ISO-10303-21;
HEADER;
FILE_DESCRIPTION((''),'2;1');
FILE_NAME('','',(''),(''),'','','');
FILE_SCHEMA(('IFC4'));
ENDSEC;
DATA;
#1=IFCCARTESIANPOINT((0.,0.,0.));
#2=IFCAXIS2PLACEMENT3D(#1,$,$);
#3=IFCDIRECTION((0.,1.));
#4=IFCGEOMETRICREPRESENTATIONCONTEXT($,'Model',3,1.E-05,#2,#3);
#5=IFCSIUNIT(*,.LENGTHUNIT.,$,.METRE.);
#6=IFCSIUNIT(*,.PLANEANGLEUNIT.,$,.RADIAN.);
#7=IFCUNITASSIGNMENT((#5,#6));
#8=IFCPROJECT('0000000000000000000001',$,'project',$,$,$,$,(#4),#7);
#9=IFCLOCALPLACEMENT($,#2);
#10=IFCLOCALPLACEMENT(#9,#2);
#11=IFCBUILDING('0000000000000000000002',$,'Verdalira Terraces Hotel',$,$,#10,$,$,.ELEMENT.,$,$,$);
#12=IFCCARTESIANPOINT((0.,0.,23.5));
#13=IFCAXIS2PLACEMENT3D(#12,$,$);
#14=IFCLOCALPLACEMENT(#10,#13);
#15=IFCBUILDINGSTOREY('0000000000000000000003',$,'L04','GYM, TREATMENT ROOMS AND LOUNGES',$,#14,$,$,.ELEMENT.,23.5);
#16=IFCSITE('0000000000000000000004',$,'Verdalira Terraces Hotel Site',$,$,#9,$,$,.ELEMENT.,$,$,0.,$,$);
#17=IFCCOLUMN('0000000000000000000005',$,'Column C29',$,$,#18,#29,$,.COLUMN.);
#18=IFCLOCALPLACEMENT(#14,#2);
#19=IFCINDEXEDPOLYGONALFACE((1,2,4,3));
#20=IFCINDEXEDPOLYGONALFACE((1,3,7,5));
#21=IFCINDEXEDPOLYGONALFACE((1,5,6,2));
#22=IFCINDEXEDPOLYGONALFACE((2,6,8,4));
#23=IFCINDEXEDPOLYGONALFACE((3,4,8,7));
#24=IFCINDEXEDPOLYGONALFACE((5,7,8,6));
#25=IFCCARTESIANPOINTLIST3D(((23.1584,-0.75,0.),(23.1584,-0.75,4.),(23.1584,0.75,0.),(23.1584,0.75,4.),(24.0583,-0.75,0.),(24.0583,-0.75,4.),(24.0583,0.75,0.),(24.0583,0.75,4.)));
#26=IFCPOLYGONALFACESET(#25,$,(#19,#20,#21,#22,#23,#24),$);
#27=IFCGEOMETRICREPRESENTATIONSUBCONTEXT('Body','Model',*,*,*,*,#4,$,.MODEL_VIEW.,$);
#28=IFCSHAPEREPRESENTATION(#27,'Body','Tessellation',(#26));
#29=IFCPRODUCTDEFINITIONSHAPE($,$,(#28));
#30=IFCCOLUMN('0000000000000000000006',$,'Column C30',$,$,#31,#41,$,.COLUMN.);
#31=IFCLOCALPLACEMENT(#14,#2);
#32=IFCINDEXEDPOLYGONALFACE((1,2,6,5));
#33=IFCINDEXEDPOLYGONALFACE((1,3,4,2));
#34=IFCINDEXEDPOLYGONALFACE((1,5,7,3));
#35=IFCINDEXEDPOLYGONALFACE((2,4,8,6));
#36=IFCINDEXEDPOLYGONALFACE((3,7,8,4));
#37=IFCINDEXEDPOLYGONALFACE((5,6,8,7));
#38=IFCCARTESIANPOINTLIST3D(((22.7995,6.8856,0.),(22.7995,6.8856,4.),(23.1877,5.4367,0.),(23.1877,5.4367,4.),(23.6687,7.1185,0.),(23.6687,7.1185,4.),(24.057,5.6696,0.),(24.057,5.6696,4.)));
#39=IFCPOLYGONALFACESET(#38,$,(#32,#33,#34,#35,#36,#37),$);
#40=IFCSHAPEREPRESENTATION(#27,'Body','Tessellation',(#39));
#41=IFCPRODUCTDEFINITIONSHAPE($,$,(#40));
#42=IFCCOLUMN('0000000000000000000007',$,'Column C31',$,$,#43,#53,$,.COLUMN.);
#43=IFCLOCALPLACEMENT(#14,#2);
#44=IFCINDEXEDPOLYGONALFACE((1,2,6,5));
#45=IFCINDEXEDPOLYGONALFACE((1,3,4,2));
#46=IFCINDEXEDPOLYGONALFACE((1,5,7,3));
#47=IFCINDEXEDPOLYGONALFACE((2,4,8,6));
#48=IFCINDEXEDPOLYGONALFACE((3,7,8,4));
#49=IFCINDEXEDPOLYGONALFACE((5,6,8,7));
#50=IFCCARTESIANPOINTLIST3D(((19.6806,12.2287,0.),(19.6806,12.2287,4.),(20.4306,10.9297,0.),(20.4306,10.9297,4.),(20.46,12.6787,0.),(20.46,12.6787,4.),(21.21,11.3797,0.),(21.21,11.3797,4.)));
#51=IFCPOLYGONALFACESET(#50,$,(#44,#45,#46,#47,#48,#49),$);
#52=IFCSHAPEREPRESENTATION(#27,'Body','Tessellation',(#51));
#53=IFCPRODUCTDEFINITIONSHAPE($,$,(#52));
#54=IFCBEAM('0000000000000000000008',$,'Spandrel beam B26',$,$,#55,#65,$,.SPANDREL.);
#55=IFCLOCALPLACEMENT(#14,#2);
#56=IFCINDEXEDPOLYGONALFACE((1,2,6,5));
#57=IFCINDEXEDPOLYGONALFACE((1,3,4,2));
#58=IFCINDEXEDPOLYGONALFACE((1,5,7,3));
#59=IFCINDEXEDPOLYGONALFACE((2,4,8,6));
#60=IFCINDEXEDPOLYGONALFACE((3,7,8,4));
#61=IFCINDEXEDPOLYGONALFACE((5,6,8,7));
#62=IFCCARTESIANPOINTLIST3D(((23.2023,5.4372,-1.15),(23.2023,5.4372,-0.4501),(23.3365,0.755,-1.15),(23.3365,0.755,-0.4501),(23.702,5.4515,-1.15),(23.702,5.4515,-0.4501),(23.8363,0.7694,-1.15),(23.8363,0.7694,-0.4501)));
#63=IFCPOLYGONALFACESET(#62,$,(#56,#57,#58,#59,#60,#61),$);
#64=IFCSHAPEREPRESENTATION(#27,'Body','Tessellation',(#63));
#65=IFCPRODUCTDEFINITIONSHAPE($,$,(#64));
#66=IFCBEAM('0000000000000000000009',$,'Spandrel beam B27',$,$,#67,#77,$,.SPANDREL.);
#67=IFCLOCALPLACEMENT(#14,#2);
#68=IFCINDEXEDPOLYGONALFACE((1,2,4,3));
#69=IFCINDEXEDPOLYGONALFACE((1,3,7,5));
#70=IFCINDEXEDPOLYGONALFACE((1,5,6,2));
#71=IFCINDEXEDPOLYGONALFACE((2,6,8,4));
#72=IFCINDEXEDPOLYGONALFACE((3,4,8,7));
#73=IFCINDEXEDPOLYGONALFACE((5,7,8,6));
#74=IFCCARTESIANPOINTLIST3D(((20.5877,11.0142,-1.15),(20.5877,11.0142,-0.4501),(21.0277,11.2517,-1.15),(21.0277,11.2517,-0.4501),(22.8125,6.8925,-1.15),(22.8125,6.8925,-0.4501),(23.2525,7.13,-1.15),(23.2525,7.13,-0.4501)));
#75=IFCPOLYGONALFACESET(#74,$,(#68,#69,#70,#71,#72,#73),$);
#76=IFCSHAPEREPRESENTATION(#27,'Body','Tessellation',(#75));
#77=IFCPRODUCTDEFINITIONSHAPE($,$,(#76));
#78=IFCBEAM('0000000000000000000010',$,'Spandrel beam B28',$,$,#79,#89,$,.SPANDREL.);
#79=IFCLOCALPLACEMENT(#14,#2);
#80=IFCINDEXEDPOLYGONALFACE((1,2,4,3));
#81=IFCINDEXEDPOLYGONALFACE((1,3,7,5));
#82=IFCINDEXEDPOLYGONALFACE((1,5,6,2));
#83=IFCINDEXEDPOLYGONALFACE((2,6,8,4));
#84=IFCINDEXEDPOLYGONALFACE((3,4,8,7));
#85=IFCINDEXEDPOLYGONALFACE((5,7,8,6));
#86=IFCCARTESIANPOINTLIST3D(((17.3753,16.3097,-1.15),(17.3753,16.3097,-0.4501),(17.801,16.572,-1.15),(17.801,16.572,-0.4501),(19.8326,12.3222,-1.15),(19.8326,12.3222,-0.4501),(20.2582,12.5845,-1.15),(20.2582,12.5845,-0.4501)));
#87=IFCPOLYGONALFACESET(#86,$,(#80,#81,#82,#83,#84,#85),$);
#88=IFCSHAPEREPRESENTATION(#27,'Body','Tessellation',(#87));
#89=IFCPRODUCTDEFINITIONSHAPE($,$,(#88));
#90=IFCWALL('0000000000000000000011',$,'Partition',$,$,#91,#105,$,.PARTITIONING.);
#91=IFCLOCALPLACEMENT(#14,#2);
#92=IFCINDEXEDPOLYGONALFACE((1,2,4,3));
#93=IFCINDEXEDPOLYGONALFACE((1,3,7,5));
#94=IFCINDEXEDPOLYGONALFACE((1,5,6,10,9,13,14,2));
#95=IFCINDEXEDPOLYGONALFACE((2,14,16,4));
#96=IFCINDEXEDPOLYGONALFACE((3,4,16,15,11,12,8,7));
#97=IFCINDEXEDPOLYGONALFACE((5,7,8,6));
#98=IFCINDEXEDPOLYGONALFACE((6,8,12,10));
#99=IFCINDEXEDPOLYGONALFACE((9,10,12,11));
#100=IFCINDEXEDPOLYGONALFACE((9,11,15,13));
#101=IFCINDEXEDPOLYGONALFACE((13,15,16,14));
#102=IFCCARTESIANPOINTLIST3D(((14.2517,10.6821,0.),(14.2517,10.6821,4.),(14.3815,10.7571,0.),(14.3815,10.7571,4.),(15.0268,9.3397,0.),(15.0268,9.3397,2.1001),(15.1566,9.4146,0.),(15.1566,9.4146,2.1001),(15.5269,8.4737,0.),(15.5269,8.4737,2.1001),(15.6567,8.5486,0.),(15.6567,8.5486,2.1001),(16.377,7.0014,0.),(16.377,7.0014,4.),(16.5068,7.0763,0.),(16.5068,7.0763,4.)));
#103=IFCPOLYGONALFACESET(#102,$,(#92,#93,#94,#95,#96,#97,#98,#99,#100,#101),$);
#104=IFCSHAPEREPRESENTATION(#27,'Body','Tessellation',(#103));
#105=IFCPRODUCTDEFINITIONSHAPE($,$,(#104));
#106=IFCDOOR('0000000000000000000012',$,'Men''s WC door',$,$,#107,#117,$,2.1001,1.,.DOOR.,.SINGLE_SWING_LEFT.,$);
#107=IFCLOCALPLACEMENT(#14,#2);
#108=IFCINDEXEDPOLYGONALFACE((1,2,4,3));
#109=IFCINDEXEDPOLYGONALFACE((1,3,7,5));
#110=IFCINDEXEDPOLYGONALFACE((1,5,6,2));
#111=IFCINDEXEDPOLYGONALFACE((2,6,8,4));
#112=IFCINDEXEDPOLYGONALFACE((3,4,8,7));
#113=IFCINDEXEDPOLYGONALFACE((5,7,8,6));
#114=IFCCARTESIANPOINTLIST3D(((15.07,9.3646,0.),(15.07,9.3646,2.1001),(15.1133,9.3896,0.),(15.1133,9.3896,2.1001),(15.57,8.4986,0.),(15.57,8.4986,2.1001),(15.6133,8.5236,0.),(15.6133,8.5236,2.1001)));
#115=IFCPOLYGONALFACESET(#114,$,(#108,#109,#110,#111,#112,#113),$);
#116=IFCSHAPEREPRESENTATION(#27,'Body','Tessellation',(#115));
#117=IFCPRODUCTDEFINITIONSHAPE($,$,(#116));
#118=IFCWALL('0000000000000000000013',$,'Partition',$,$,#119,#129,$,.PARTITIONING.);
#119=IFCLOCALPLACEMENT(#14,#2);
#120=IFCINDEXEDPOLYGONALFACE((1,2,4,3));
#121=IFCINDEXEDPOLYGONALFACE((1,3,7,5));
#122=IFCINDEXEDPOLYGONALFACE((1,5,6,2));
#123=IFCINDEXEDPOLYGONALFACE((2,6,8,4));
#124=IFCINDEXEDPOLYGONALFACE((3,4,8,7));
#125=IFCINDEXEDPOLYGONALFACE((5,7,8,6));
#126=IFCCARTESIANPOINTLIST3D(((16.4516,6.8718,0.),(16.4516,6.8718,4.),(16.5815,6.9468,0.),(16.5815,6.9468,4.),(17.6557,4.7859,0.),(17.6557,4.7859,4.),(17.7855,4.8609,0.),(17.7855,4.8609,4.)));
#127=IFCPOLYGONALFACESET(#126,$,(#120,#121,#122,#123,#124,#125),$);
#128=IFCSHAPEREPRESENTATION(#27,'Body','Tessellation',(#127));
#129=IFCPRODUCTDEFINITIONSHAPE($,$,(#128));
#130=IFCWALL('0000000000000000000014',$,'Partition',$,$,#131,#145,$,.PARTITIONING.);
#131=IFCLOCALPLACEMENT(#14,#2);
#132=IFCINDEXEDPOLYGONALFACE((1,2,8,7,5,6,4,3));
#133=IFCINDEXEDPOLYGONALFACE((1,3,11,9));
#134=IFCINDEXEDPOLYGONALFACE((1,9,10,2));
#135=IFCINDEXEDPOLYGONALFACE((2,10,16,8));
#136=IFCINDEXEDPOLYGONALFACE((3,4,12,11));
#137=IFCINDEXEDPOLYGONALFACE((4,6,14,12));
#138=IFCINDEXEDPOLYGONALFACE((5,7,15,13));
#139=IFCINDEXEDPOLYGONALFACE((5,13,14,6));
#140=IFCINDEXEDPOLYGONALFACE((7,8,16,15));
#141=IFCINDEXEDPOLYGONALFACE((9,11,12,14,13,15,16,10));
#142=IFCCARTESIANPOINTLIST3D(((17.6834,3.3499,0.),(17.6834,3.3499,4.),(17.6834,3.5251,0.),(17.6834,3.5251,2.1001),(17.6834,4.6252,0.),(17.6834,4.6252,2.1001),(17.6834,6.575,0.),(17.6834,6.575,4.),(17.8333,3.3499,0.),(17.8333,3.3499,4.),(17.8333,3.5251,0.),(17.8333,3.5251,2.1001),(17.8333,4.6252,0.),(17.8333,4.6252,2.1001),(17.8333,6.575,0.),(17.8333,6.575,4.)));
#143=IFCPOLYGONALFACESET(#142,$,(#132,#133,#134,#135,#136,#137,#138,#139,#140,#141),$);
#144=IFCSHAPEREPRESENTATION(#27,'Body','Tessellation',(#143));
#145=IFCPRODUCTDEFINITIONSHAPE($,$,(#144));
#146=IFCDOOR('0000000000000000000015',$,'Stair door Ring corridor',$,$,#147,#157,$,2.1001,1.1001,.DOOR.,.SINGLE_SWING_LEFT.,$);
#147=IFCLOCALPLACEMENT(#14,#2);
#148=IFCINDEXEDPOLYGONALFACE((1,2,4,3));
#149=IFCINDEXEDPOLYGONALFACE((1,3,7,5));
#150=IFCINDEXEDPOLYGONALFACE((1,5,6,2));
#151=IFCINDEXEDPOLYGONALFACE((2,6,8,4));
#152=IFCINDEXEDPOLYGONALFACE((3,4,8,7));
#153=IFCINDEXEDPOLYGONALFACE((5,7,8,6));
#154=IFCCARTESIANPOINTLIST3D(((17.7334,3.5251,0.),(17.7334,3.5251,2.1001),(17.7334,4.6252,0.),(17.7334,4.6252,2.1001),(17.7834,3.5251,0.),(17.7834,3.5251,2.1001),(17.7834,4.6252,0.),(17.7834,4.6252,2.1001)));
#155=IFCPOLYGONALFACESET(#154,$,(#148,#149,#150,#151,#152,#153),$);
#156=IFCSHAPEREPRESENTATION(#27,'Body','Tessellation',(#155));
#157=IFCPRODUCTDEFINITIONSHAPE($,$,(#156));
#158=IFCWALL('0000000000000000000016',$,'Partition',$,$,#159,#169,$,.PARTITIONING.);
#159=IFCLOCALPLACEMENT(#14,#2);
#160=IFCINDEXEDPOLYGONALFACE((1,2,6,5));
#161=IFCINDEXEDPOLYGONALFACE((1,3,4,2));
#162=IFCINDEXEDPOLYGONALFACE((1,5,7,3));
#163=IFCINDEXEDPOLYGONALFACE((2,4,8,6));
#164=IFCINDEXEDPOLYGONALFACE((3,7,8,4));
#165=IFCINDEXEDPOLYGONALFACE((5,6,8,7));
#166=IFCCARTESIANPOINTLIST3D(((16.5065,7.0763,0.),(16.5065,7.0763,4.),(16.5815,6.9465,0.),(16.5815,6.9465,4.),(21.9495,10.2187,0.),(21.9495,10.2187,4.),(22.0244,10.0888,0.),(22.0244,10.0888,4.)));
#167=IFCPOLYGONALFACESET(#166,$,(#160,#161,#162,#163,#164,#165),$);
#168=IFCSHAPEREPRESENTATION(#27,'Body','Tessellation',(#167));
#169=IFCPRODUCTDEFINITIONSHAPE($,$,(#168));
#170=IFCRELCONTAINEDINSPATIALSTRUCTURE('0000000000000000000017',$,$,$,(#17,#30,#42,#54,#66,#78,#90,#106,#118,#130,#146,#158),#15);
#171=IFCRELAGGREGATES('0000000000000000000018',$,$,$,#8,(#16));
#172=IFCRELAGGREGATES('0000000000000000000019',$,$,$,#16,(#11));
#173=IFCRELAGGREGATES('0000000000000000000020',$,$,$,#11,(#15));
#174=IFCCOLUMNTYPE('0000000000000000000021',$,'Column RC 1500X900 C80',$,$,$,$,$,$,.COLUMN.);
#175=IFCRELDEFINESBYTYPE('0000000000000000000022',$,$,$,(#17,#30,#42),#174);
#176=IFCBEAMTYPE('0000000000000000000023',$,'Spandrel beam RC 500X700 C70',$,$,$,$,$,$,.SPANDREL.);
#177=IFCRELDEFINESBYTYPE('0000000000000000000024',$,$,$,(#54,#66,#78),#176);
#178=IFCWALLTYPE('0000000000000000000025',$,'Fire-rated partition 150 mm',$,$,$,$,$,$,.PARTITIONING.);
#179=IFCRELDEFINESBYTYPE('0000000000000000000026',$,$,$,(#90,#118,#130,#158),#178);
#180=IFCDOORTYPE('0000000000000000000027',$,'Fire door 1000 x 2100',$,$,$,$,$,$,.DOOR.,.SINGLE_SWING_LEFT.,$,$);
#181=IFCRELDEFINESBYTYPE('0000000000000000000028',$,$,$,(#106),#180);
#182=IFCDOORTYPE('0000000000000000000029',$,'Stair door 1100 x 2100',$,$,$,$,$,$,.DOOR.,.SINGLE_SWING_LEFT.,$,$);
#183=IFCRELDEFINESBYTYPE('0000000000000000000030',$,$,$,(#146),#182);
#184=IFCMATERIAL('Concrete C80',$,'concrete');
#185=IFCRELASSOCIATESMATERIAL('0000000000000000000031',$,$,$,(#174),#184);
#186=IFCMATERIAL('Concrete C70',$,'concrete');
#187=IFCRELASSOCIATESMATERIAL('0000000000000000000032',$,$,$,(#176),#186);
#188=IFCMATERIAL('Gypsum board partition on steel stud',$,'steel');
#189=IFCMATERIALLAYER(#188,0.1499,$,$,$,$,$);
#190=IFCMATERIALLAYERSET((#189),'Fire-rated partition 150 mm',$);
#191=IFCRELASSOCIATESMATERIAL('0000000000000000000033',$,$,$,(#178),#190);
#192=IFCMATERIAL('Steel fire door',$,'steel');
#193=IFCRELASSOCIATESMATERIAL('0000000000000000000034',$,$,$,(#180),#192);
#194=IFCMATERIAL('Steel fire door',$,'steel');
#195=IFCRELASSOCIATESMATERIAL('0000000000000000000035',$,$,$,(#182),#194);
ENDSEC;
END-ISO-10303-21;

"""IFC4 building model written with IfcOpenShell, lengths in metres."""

from ifc_helpers import new_model, si_unit, direction, frame, frame_2d, origin, origin_2d, place, context, subcontext, project, spatial, rectangle, extrude, material, layer, layer_set, material_profile, profile_set, type_object, element, fill, save


model = new_model("IFC4")

# Units and contexts
model_context = context("Model", 3, precision=1e-05, world=origin(), true_north=direction((0.0, 1.0)))
body_context = subcontext(model_context, "Body", "Model", "MODEL_VIEW")
ifc_project = project(units=[si_unit("LENGTHUNIT", "METRE"), si_unit("PLANEANGLEUNIT", "RADIAN")], contexts=[model_context])

# Site, building, storey
site_placement = place(None, origin())
site = spatial("IfcSite", under=ifc_project, at=site_placement, Name="Verdalira Terraces Hotel Site", CompositionType="ELEMENT", RefElevation=0.0)
building_placement = place(site_placement, origin())
building = spatial("IfcBuilding", under=site, at=building_placement, Name="Verdalira Terraces Hotel", CompositionType="ELEMENT")
storey_placement = place(building_placement, frame((0.0, 0.0, 23.5)))
storey = spatial("IfcBuildingStorey", under=building, at=storey_placement, Name="L04", Description="GYM, TREATMENT ROOMS AND LOUNGES", CompositionType="ELEMENT", Elevation=23.5)

# Columns
ifc_material_1 = material(Name="Concrete C80", Category="concrete")
ifc_material_profile_1 = material_profile(ifc_material_1, rectangle(XDim=1.5, YDim=0.8999, at=origin_2d()), Name="RC 1500X900")
ifc_profile_set_1 = profile_set([ifc_material_profile_1], Name="Concrete C80")
column_type = type_object("IfcColumnType", Name="Column RC 1500X900 C80", PredefinedType="COLUMN", material=ifc_profile_set_1)
for number, where, z_axis, x_axis, name in (
    (1, (23.6084, 0.0, 0.0), (0.0, 0.0, 1.0), (0.0, 1.0, 0.0), "Column C29"),
    (2, (23.4282, 6.2776, 0.0), (0.0, 0.0, 1.0), (0.258819, -0.965926, 0.0), "Column C30"),
    (3, (20.4453, 11.8042, 0.0), (0.0, 0.0, 1.0), (-0.5, 0.866025, 0.0), "Column C31"),
):
    element("IfcColumn", number, at=place(storey_placement, frame(where, z_axis=z_axis, x_axis=x_axis)), inside=storey, type_object=column_type, Name=name, PredefinedType="COLUMN", context=body_context, shape_type="SweptSolid", body=[
        extrude(rectangle(XDim=1.5, YDim=0.8999, at=origin_2d()), origin(), (0.0, 0.0, 1.0), 4.0),
    ])

# Beams
ifc_material_2 = material(Name="Concrete C70", Category="concrete")
ifc_material_profile_2 = material_profile(ifc_material_2, rectangle(XDim=0.5, YDim=0.7, at=origin_2d()), Name="RC 500X700")
ifc_profile_set_2 = profile_set([ifc_material_profile_2], Name="Concrete C70")
beam_type = type_object("IfcBeamType", Name="Spandrel beam RC 500X700 C70", PredefinedType="SPANDREL", material=ifc_profile_set_2)
beam_placement = place(storey_placement, frame((23.5864, 0.7622, -0.8), z_axis=(-0.028667, 0.999589, 0.0), x_axis=(-0.999589, -0.028667, 0.0)))
element("IfcBeam", 4, at=beam_placement, inside=storey, type_object=beam_type, Name="Spandrel beam B26", PredefinedType="SPANDREL", context=body_context, shape_type="SweptSolid", body=[
    extrude(rectangle(XDim=0.5, YDim=0.7, at=origin_2d()), origin(), (0.0, 0.0, 1.0), 4.6841),
])
for number, where, z_axis, x_axis, name in (
    (5, (23.0325, 7.0112, -0.8), (-0.474995, 0.879989, 0.0), (-0.879989, -0.474995, 0.0), "Spandrel beam B27"),
    (6, (20.0454, 12.4534, -0.8), (-0.524624, 0.851334, 0.0), (-0.851334, -0.524624, 0.0), "Spandrel beam B28"),
):
    element("IfcBeam", number, at=place(storey_placement, frame(where, z_axis=z_axis, x_axis=x_axis)), inside=storey, type_object=beam_type, Name=name, PredefinedType="SPANDREL", context=body_context, shape_type="SweptSolid", body=[
        extrude(rectangle(XDim=0.5, YDim=0.7, at=origin_2d()), origin(), (0.0, 0.0, 1.0), 4.6838),
    ])

# Wall, opening, door
ifc_material_3 = material(Name="Gypsum board partition on steel stud", Category="steel")
ifc_layer_1 = layer(ifc_material_3, 0.1499)
ifc_layer_set_1 = layer_set([ifc_layer_1], Name="Fire-rated partition 150 mm")
wall_type_1 = type_object("IfcWallType", Name="Fire-rated partition 150 mm", PredefinedType="PARTITIONING", material=ifc_layer_set_1)
wall_1_placement = place(storey_placement, frame((14.3166, 10.7195, 0.0), z_axis=(0.0, 0.0, 1.0), x_axis=(0.500037, -0.866004, 0.0)))
wall_1 = element("IfcWall", 7, at=wall_1_placement, inside=storey, type_object=wall_type_1, Name="Partition", PredefinedType="PARTITIONING", context=body_context, shape_type="SweptSolid", body=[
    extrude(rectangle(XDim=4.2502, YDim=0.1499, at=frame_2d((2.125, 0.0))), origin(), (0.0, 0.0, 1.0), 4.0),
])
opening_1_placement = place(wall_1_placement, frame((1.55, 0.0, 0.0)))
opening_1 = element("IfcOpeningElement", 8, at=opening_1_placement, cuts=wall_1, PredefinedType="OPENING", context=body_context, shape_type="SweptSolid", body=[
    extrude(rectangle(XDim=1.0, YDim=2.1001, at=frame_2d((0.5, 1.05))), frame((0.0, 0.085, 0.0), z_axis=(0.0, -1.0, 0.0), x_axis=(1.0, 0.0, 0.0)), (0.0, 0.0, 1.0), 0.1699),
])
ifc_material_4 = material(Name="Steel fire door", Category="steel")
door_type_1 = type_object("IfcDoorType", Name="Fire door 1000 x 2100", OperationType="SINGLE_SWING_LEFT", PredefinedType="DOOR", material=ifc_material_4)
door_1_placement = place(opening_1_placement, origin())
door_1 = element("IfcDoor", 9, at=door_1_placement, inside=storey, type_object=door_type_1, Name="Men's WC door", OperationType="SINGLE_SWING_LEFT", OverallHeight=2.1001, OverallWidth=1.0, PredefinedType="DOOR", context=body_context, shape_type="SweptSolid", body=[
    extrude(rectangle(XDim=1.0, YDim=2.1001, at=frame_2d((0.5, 1.05))), frame((0.0, 0.0249, 0.0), z_axis=(0.0, -1.0, 0.0), x_axis=(1.0, 0.0, 0.0)), (0.0, 0.0, 1.0), 0.05),
])
fill(opening_1, door_1)

# Wall
wall_2_placement = place(storey_placement, frame((16.5166, 6.9092, 0.0), z_axis=(0.0, 0.0, 1.0), x_axis=(0.499933, -0.866064, 0.0)))
element("IfcWall", 10, at=wall_2_placement, inside=storey, type_object=wall_type_1, Name="Partition", PredefinedType="PARTITIONING", context=body_context, shape_type="SweptSolid", body=[
    extrude(rectangle(XDim=2.4084, YDim=0.1499, at=frame_2d((1.2041, 0.0))), origin(), (0.0, 0.0, 1.0), 4.0),
])

# Wall, opening, door
wall_3_placement = place(storey_placement, frame((17.7583, 3.3499, 0.0), z_axis=(0.0, 0.0, 1.0), x_axis=(0.0, 1.0, 0.0)))
wall_3 = element("IfcWall", 11, at=wall_3_placement, inside=storey, type_object=wall_type_1, Name="Partition", PredefinedType="PARTITIONING", context=body_context, shape_type="SweptSolid", body=[
    extrude(rectangle(XDim=3.2251, YDim=0.1499, at=frame_2d((1.6125, 0.0))), origin(), (0.0, 0.0, 1.0), 4.0),
])
opening_2_placement = place(wall_3_placement, frame((0.1753, 0.0, 0.0)))
opening_2 = element("IfcOpeningElement", 12, at=opening_2_placement, cuts=wall_3, PredefinedType="OPENING", context=body_context, shape_type="SweptSolid", body=[
    extrude(rectangle(XDim=1.1001, YDim=2.1001, at=frame_2d((0.55, 1.05))), frame((0.0, 0.085, 0.0), z_axis=(0.0, -1.0, 0.0), x_axis=(1.0, 0.0, 0.0)), (0.0, 0.0, 1.0), 0.1699),
])
ifc_material_5 = material(Name="Steel fire door", Category="steel")
door_type_2 = type_object("IfcDoorType", Name="Stair door 1100 x 2100", OperationType="SINGLE_SWING_LEFT", PredefinedType="DOOR", material=ifc_material_5)
door_2_placement = place(opening_2_placement, origin())
door_2 = element("IfcDoor", 13, at=door_2_placement, inside=storey, type_object=door_type_2, Name="Stair door Ring corridor", OperationType="SINGLE_SWING_LEFT", OverallHeight=2.1001, OverallWidth=1.1001, PredefinedType="DOOR", context=body_context, shape_type="SweptSolid", body=[
    extrude(rectangle(XDim=1.1001, YDim=2.1001, at=frame_2d((0.55, 1.05))), frame((0.0, 0.0249, 0.0), z_axis=(0.0, -1.0, 0.0), x_axis=(1.0, 0.0, 0.0)), (0.0, 0.0, 1.0), 0.05),
])
fill(opening_2, door_2)

# Wall
wall_4_placement = place(storey_placement, frame((21.9871, 10.1538, 0.0), z_axis=(0.0, 0.0, 1.0), x_axis=(-0.866033, -0.499987, 0.0)))
element("IfcWall", 14, at=wall_4_placement, inside=storey, type_object=wall_type_1, Name="Partition", PredefinedType="PARTITIONING", context=body_context, shape_type="SweptSolid", body=[
    extrude(rectangle(XDim=6.2849, YDim=0.1499, at=frame_2d((3.1426, 0.0))), origin(), (0.0, 0.0, 1.0), 4.0),
])

save(model, "model.ifc")
